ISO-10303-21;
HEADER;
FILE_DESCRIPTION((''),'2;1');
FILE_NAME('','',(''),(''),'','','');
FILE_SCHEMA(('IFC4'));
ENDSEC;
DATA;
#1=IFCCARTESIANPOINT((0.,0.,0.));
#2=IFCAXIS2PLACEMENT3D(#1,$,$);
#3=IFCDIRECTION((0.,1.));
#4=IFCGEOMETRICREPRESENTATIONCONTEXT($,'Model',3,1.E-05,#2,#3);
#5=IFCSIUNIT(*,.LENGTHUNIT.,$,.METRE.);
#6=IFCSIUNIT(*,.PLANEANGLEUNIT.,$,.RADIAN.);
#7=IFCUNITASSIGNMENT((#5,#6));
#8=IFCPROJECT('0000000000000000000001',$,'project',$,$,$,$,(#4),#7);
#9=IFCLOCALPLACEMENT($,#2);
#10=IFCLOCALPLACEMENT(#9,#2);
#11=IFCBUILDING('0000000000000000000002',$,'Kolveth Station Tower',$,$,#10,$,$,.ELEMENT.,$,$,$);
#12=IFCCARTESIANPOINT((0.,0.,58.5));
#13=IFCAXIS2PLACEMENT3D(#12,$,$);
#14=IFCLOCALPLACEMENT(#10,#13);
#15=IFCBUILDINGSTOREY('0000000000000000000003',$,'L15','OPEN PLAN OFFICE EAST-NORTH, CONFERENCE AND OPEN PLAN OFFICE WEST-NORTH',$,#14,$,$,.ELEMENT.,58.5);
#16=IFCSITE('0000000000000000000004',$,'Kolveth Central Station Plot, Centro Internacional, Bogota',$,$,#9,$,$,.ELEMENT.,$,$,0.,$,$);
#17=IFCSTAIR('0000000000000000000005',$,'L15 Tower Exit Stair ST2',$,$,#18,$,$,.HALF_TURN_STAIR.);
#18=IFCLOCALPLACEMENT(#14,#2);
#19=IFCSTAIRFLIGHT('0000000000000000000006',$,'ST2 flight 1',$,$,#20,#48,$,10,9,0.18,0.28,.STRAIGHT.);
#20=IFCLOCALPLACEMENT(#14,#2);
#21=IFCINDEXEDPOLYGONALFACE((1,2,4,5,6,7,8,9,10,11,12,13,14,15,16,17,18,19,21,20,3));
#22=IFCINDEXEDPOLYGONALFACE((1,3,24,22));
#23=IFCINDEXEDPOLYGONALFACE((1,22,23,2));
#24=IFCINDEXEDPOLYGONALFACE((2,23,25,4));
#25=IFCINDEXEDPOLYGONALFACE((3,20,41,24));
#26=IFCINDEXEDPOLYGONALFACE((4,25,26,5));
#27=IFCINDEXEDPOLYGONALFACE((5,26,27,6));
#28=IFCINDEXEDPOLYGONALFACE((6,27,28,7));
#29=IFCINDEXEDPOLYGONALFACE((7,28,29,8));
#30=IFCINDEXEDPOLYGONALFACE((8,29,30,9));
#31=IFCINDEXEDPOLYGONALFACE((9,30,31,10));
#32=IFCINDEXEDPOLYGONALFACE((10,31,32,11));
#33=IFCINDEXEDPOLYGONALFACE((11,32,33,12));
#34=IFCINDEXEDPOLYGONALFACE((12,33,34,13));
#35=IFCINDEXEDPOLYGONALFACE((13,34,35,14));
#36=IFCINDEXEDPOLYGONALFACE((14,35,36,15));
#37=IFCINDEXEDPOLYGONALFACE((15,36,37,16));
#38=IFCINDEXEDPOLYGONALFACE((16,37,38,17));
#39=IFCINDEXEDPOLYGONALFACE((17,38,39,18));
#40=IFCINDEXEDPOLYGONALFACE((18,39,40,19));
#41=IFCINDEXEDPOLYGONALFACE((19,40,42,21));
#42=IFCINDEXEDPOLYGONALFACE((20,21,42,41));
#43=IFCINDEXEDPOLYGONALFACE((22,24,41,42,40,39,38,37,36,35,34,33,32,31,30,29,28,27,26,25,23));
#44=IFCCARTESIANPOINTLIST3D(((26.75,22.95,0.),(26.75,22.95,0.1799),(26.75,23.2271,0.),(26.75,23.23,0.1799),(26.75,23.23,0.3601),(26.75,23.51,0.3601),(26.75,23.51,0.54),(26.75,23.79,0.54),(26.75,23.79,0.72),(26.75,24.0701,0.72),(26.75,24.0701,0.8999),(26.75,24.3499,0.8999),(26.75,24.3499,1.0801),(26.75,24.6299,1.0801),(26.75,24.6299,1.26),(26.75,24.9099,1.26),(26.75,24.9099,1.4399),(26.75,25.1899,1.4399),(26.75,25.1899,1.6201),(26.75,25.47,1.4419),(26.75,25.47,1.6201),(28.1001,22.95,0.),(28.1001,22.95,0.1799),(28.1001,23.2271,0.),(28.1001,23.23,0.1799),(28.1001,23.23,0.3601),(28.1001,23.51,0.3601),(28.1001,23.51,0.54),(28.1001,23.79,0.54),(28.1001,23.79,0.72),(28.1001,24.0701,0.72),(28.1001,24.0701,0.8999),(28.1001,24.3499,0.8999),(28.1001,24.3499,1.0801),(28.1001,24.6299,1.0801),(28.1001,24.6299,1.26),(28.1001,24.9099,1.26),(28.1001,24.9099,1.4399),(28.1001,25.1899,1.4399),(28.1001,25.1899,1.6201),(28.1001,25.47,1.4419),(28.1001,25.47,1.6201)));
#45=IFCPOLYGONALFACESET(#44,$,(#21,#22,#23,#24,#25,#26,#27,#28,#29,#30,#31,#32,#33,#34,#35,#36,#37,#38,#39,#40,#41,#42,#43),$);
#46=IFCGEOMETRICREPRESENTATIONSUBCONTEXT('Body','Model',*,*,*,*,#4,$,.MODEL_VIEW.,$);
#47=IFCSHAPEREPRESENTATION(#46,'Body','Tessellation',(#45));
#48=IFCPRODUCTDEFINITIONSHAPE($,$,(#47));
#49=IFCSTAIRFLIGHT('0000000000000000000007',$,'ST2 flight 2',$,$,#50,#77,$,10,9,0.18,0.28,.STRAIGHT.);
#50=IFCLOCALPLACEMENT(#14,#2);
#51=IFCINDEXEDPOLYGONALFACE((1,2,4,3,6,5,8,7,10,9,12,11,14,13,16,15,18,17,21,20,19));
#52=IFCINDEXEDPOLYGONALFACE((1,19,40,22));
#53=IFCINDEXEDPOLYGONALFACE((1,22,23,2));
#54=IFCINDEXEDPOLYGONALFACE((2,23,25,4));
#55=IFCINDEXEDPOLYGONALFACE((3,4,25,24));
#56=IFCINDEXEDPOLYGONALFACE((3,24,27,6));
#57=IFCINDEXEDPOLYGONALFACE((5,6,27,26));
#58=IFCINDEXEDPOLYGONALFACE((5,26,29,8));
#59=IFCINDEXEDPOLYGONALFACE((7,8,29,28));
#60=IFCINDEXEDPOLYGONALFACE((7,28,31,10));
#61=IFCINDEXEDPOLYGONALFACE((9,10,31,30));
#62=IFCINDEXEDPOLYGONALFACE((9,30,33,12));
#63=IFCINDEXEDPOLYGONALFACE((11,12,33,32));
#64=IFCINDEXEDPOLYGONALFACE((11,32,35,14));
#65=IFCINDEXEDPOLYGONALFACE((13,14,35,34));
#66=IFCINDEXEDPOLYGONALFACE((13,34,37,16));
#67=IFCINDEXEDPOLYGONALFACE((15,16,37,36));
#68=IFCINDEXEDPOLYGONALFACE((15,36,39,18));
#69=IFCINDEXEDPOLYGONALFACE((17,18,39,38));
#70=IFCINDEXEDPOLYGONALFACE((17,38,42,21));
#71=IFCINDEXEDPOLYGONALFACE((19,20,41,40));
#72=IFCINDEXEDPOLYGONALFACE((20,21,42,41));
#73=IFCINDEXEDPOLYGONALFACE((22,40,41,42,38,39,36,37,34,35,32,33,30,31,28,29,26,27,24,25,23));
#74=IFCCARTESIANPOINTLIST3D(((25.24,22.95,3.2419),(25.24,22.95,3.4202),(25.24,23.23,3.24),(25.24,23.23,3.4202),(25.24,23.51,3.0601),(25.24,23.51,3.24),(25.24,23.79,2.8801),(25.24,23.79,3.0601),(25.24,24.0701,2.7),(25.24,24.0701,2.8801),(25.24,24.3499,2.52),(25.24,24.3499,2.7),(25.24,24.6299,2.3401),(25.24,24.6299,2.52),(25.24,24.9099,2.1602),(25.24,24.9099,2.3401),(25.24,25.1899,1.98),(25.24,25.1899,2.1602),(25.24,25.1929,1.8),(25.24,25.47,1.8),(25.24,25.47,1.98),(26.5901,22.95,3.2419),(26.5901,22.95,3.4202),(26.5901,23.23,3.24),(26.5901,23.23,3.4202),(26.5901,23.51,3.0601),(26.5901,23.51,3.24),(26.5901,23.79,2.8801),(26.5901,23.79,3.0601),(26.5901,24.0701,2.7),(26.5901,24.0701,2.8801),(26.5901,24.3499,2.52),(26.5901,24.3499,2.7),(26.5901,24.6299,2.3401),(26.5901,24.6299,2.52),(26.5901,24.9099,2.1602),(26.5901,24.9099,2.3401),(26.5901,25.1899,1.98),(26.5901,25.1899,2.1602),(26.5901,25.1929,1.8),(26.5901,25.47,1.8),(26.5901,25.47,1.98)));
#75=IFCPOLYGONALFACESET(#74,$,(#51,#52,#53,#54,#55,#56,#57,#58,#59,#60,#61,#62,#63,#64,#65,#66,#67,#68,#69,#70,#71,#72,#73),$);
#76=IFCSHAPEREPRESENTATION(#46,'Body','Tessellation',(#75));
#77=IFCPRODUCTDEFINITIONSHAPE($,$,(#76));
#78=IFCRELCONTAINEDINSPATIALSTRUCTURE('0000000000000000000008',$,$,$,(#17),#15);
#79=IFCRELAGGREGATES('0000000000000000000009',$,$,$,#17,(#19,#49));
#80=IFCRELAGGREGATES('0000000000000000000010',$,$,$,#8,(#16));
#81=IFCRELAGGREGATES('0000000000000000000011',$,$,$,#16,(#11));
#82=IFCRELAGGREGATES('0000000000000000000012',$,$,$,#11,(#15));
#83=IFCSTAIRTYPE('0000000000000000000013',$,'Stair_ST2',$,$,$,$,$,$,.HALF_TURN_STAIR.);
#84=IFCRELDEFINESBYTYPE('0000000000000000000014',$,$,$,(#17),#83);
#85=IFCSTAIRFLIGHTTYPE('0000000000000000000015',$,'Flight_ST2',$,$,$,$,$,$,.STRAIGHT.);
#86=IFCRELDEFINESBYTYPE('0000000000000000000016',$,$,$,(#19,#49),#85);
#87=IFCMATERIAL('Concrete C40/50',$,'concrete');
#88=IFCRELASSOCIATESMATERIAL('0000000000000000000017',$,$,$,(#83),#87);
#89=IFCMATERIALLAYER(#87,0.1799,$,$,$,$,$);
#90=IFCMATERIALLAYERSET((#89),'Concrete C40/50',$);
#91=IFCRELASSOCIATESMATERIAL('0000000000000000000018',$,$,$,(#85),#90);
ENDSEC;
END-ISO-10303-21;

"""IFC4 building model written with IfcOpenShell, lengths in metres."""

from ifc_helpers import new_model, si_unit, direction, frame, origin, place, context, subcontext, project, spatial, polyline, outline, extrude, material, layer, layer_set, type_object, element, aggregate, save


model = new_model("IFC4")

# Units and contexts
model_context = context("Model", 3, precision=1e-05, world=origin(), true_north=direction((0.0, 1.0)))
body_context = subcontext(model_context, "Body", "Model", "MODEL_VIEW")
ifc_project = project(units=[si_unit("LENGTHUNIT", "METRE"), si_unit("PLANEANGLEUNIT", "RADIAN")], contexts=[model_context])

# Site, building, storey
site_placement = place(None, origin())
site = spatial("IfcSite", under=ifc_project, at=site_placement, Name="Kolveth Central Station Plot, Centro Internacional, Bogota", CompositionType="ELEMENT", RefElevation=0.0)
building_placement = place(site_placement, origin())
building = spatial("IfcBuilding", under=site, at=building_placement, Name="Kolveth Station Tower", CompositionType="ELEMENT")
storey_placement = place(building_placement, frame((0.0, 0.0, 58.5)))
storey = spatial("IfcBuildingStorey", under=building, at=storey_placement, Name="L15", Description="OPEN PLAN OFFICE EAST-NORTH, CONFERENCE AND OPEN PLAN OFFICE WEST-NORTH", CompositionType="ELEMENT", Elevation=58.5)

# Shared definitions
ifc_material_1 = material(Name="Concrete C40/50", Category="concrete")

# Stair, stair flights
stair_type = type_object("IfcStairType", Name="Stair_ST2", PredefinedType="HALF_TURN_STAIR", material=ifc_material_1)
stair_placement = place(storey_placement, origin())
stair = element("IfcStair", 1, at=stair_placement, inside=storey, type_object=stair_type, Name="L15 Tower Exit Stair ST2", PredefinedType="HALF_TURN_STAIR")
ifc_layer_1 = layer(ifc_material_1, 0.1799)
ifc_layer_set_1 = layer_set([ifc_layer_1], Name="Concrete C40/50")
stair_flight_type = type_object("IfcStairFlightType", Name="Flight_ST2", PredefinedType="STRAIGHT", material=ifc_layer_set_1)
stair_flight_1_placement = place(storey_placement, frame((27.425, 22.95, 0.0), z_axis=(0.0, 0.0, 1.0), x_axis=(0.0, 1.0, 0.0)))
stair_flight_1 = element("IfcStairFlight", 2, at=stair_flight_1_placement, type_object=stair_flight_type, Name="ST2 flight 1", NumberOfRisers=10, NumberOfTreads=9, PredefinedType="STRAIGHT", RiserHeight=0.18, TreadLength=0.28, context=body_context, shape_type="SweptSolid", body=[
    extrude(outline(polyline([(0.0, 0.0), (0.0, 0.1799), (0.28, 0.1799), (0.28, 0.3601), (0.5601, 0.3601), (0.5601, 0.54), (0.8401, 0.54), (0.8401, 0.72), (1.1201, 0.72), (1.1201, 0.8999), (1.3999, 0.8999), (1.3999, 1.0801), (1.6799, 1.0801), (1.6799, 1.26), (1.96, 1.26), (1.96, 1.4399), (2.24, 1.4399), (2.24, 1.6201), (2.52, 1.6201), (2.52, 1.8), (2.52, 1.4419), (0.2771, 0.0), (0.0, 0.0)])), frame((0.0, 0.675, 0.0), z_axis=(0.0, -1.0, 0.0), x_axis=(1.0, 0.0, 0.0)), (0.0, 0.0, 1.0), 1.3501),
])
stair_flight_2_placement = place(storey_placement, frame((25.915, 25.47, 1.8), z_axis=(0.0, 0.0, 1.0), x_axis=(0.0, -1.0, 0.0)))
stair_flight_2 = element("IfcStairFlight", 3, at=stair_flight_2_placement, type_object=stair_flight_type, Name="ST2 flight 2", NumberOfRisers=10, NumberOfTreads=9, PredefinedType="STRAIGHT", RiserHeight=0.18, TreadLength=0.28, context=body_context, shape_type="SweptSolid", body=[
    extrude(outline(polyline([(0.0, 0.0), (0.0, 0.1799), (0.28, 0.1799), (0.28, 0.3601), (0.5601, 0.3601), (0.5601, 0.54), (0.8401, 0.54), (0.8401, 0.72), (1.1201, 0.72), (1.1201, 0.8999), (1.3999, 0.8999), (1.3999, 1.0801), (1.6799, 1.0801), (1.6799, 1.26), (1.96, 1.26), (1.96, 1.4399), (2.24, 1.4399), (2.24, 1.6201), (2.52, 1.6201), (2.52, 1.8), (2.52, 1.4419), (0.2771, 0.0), (0.0, 0.0)])), frame((0.0, 0.675, 0.0), z_axis=(0.0, -1.0, 0.0), x_axis=(1.0, 0.0, 0.0)), (0.0, 0.0, 1.0), 1.3501),
])
aggregate(stair, [stair_flight_1, stair_flight_2])

save(model, "model.ifc")
